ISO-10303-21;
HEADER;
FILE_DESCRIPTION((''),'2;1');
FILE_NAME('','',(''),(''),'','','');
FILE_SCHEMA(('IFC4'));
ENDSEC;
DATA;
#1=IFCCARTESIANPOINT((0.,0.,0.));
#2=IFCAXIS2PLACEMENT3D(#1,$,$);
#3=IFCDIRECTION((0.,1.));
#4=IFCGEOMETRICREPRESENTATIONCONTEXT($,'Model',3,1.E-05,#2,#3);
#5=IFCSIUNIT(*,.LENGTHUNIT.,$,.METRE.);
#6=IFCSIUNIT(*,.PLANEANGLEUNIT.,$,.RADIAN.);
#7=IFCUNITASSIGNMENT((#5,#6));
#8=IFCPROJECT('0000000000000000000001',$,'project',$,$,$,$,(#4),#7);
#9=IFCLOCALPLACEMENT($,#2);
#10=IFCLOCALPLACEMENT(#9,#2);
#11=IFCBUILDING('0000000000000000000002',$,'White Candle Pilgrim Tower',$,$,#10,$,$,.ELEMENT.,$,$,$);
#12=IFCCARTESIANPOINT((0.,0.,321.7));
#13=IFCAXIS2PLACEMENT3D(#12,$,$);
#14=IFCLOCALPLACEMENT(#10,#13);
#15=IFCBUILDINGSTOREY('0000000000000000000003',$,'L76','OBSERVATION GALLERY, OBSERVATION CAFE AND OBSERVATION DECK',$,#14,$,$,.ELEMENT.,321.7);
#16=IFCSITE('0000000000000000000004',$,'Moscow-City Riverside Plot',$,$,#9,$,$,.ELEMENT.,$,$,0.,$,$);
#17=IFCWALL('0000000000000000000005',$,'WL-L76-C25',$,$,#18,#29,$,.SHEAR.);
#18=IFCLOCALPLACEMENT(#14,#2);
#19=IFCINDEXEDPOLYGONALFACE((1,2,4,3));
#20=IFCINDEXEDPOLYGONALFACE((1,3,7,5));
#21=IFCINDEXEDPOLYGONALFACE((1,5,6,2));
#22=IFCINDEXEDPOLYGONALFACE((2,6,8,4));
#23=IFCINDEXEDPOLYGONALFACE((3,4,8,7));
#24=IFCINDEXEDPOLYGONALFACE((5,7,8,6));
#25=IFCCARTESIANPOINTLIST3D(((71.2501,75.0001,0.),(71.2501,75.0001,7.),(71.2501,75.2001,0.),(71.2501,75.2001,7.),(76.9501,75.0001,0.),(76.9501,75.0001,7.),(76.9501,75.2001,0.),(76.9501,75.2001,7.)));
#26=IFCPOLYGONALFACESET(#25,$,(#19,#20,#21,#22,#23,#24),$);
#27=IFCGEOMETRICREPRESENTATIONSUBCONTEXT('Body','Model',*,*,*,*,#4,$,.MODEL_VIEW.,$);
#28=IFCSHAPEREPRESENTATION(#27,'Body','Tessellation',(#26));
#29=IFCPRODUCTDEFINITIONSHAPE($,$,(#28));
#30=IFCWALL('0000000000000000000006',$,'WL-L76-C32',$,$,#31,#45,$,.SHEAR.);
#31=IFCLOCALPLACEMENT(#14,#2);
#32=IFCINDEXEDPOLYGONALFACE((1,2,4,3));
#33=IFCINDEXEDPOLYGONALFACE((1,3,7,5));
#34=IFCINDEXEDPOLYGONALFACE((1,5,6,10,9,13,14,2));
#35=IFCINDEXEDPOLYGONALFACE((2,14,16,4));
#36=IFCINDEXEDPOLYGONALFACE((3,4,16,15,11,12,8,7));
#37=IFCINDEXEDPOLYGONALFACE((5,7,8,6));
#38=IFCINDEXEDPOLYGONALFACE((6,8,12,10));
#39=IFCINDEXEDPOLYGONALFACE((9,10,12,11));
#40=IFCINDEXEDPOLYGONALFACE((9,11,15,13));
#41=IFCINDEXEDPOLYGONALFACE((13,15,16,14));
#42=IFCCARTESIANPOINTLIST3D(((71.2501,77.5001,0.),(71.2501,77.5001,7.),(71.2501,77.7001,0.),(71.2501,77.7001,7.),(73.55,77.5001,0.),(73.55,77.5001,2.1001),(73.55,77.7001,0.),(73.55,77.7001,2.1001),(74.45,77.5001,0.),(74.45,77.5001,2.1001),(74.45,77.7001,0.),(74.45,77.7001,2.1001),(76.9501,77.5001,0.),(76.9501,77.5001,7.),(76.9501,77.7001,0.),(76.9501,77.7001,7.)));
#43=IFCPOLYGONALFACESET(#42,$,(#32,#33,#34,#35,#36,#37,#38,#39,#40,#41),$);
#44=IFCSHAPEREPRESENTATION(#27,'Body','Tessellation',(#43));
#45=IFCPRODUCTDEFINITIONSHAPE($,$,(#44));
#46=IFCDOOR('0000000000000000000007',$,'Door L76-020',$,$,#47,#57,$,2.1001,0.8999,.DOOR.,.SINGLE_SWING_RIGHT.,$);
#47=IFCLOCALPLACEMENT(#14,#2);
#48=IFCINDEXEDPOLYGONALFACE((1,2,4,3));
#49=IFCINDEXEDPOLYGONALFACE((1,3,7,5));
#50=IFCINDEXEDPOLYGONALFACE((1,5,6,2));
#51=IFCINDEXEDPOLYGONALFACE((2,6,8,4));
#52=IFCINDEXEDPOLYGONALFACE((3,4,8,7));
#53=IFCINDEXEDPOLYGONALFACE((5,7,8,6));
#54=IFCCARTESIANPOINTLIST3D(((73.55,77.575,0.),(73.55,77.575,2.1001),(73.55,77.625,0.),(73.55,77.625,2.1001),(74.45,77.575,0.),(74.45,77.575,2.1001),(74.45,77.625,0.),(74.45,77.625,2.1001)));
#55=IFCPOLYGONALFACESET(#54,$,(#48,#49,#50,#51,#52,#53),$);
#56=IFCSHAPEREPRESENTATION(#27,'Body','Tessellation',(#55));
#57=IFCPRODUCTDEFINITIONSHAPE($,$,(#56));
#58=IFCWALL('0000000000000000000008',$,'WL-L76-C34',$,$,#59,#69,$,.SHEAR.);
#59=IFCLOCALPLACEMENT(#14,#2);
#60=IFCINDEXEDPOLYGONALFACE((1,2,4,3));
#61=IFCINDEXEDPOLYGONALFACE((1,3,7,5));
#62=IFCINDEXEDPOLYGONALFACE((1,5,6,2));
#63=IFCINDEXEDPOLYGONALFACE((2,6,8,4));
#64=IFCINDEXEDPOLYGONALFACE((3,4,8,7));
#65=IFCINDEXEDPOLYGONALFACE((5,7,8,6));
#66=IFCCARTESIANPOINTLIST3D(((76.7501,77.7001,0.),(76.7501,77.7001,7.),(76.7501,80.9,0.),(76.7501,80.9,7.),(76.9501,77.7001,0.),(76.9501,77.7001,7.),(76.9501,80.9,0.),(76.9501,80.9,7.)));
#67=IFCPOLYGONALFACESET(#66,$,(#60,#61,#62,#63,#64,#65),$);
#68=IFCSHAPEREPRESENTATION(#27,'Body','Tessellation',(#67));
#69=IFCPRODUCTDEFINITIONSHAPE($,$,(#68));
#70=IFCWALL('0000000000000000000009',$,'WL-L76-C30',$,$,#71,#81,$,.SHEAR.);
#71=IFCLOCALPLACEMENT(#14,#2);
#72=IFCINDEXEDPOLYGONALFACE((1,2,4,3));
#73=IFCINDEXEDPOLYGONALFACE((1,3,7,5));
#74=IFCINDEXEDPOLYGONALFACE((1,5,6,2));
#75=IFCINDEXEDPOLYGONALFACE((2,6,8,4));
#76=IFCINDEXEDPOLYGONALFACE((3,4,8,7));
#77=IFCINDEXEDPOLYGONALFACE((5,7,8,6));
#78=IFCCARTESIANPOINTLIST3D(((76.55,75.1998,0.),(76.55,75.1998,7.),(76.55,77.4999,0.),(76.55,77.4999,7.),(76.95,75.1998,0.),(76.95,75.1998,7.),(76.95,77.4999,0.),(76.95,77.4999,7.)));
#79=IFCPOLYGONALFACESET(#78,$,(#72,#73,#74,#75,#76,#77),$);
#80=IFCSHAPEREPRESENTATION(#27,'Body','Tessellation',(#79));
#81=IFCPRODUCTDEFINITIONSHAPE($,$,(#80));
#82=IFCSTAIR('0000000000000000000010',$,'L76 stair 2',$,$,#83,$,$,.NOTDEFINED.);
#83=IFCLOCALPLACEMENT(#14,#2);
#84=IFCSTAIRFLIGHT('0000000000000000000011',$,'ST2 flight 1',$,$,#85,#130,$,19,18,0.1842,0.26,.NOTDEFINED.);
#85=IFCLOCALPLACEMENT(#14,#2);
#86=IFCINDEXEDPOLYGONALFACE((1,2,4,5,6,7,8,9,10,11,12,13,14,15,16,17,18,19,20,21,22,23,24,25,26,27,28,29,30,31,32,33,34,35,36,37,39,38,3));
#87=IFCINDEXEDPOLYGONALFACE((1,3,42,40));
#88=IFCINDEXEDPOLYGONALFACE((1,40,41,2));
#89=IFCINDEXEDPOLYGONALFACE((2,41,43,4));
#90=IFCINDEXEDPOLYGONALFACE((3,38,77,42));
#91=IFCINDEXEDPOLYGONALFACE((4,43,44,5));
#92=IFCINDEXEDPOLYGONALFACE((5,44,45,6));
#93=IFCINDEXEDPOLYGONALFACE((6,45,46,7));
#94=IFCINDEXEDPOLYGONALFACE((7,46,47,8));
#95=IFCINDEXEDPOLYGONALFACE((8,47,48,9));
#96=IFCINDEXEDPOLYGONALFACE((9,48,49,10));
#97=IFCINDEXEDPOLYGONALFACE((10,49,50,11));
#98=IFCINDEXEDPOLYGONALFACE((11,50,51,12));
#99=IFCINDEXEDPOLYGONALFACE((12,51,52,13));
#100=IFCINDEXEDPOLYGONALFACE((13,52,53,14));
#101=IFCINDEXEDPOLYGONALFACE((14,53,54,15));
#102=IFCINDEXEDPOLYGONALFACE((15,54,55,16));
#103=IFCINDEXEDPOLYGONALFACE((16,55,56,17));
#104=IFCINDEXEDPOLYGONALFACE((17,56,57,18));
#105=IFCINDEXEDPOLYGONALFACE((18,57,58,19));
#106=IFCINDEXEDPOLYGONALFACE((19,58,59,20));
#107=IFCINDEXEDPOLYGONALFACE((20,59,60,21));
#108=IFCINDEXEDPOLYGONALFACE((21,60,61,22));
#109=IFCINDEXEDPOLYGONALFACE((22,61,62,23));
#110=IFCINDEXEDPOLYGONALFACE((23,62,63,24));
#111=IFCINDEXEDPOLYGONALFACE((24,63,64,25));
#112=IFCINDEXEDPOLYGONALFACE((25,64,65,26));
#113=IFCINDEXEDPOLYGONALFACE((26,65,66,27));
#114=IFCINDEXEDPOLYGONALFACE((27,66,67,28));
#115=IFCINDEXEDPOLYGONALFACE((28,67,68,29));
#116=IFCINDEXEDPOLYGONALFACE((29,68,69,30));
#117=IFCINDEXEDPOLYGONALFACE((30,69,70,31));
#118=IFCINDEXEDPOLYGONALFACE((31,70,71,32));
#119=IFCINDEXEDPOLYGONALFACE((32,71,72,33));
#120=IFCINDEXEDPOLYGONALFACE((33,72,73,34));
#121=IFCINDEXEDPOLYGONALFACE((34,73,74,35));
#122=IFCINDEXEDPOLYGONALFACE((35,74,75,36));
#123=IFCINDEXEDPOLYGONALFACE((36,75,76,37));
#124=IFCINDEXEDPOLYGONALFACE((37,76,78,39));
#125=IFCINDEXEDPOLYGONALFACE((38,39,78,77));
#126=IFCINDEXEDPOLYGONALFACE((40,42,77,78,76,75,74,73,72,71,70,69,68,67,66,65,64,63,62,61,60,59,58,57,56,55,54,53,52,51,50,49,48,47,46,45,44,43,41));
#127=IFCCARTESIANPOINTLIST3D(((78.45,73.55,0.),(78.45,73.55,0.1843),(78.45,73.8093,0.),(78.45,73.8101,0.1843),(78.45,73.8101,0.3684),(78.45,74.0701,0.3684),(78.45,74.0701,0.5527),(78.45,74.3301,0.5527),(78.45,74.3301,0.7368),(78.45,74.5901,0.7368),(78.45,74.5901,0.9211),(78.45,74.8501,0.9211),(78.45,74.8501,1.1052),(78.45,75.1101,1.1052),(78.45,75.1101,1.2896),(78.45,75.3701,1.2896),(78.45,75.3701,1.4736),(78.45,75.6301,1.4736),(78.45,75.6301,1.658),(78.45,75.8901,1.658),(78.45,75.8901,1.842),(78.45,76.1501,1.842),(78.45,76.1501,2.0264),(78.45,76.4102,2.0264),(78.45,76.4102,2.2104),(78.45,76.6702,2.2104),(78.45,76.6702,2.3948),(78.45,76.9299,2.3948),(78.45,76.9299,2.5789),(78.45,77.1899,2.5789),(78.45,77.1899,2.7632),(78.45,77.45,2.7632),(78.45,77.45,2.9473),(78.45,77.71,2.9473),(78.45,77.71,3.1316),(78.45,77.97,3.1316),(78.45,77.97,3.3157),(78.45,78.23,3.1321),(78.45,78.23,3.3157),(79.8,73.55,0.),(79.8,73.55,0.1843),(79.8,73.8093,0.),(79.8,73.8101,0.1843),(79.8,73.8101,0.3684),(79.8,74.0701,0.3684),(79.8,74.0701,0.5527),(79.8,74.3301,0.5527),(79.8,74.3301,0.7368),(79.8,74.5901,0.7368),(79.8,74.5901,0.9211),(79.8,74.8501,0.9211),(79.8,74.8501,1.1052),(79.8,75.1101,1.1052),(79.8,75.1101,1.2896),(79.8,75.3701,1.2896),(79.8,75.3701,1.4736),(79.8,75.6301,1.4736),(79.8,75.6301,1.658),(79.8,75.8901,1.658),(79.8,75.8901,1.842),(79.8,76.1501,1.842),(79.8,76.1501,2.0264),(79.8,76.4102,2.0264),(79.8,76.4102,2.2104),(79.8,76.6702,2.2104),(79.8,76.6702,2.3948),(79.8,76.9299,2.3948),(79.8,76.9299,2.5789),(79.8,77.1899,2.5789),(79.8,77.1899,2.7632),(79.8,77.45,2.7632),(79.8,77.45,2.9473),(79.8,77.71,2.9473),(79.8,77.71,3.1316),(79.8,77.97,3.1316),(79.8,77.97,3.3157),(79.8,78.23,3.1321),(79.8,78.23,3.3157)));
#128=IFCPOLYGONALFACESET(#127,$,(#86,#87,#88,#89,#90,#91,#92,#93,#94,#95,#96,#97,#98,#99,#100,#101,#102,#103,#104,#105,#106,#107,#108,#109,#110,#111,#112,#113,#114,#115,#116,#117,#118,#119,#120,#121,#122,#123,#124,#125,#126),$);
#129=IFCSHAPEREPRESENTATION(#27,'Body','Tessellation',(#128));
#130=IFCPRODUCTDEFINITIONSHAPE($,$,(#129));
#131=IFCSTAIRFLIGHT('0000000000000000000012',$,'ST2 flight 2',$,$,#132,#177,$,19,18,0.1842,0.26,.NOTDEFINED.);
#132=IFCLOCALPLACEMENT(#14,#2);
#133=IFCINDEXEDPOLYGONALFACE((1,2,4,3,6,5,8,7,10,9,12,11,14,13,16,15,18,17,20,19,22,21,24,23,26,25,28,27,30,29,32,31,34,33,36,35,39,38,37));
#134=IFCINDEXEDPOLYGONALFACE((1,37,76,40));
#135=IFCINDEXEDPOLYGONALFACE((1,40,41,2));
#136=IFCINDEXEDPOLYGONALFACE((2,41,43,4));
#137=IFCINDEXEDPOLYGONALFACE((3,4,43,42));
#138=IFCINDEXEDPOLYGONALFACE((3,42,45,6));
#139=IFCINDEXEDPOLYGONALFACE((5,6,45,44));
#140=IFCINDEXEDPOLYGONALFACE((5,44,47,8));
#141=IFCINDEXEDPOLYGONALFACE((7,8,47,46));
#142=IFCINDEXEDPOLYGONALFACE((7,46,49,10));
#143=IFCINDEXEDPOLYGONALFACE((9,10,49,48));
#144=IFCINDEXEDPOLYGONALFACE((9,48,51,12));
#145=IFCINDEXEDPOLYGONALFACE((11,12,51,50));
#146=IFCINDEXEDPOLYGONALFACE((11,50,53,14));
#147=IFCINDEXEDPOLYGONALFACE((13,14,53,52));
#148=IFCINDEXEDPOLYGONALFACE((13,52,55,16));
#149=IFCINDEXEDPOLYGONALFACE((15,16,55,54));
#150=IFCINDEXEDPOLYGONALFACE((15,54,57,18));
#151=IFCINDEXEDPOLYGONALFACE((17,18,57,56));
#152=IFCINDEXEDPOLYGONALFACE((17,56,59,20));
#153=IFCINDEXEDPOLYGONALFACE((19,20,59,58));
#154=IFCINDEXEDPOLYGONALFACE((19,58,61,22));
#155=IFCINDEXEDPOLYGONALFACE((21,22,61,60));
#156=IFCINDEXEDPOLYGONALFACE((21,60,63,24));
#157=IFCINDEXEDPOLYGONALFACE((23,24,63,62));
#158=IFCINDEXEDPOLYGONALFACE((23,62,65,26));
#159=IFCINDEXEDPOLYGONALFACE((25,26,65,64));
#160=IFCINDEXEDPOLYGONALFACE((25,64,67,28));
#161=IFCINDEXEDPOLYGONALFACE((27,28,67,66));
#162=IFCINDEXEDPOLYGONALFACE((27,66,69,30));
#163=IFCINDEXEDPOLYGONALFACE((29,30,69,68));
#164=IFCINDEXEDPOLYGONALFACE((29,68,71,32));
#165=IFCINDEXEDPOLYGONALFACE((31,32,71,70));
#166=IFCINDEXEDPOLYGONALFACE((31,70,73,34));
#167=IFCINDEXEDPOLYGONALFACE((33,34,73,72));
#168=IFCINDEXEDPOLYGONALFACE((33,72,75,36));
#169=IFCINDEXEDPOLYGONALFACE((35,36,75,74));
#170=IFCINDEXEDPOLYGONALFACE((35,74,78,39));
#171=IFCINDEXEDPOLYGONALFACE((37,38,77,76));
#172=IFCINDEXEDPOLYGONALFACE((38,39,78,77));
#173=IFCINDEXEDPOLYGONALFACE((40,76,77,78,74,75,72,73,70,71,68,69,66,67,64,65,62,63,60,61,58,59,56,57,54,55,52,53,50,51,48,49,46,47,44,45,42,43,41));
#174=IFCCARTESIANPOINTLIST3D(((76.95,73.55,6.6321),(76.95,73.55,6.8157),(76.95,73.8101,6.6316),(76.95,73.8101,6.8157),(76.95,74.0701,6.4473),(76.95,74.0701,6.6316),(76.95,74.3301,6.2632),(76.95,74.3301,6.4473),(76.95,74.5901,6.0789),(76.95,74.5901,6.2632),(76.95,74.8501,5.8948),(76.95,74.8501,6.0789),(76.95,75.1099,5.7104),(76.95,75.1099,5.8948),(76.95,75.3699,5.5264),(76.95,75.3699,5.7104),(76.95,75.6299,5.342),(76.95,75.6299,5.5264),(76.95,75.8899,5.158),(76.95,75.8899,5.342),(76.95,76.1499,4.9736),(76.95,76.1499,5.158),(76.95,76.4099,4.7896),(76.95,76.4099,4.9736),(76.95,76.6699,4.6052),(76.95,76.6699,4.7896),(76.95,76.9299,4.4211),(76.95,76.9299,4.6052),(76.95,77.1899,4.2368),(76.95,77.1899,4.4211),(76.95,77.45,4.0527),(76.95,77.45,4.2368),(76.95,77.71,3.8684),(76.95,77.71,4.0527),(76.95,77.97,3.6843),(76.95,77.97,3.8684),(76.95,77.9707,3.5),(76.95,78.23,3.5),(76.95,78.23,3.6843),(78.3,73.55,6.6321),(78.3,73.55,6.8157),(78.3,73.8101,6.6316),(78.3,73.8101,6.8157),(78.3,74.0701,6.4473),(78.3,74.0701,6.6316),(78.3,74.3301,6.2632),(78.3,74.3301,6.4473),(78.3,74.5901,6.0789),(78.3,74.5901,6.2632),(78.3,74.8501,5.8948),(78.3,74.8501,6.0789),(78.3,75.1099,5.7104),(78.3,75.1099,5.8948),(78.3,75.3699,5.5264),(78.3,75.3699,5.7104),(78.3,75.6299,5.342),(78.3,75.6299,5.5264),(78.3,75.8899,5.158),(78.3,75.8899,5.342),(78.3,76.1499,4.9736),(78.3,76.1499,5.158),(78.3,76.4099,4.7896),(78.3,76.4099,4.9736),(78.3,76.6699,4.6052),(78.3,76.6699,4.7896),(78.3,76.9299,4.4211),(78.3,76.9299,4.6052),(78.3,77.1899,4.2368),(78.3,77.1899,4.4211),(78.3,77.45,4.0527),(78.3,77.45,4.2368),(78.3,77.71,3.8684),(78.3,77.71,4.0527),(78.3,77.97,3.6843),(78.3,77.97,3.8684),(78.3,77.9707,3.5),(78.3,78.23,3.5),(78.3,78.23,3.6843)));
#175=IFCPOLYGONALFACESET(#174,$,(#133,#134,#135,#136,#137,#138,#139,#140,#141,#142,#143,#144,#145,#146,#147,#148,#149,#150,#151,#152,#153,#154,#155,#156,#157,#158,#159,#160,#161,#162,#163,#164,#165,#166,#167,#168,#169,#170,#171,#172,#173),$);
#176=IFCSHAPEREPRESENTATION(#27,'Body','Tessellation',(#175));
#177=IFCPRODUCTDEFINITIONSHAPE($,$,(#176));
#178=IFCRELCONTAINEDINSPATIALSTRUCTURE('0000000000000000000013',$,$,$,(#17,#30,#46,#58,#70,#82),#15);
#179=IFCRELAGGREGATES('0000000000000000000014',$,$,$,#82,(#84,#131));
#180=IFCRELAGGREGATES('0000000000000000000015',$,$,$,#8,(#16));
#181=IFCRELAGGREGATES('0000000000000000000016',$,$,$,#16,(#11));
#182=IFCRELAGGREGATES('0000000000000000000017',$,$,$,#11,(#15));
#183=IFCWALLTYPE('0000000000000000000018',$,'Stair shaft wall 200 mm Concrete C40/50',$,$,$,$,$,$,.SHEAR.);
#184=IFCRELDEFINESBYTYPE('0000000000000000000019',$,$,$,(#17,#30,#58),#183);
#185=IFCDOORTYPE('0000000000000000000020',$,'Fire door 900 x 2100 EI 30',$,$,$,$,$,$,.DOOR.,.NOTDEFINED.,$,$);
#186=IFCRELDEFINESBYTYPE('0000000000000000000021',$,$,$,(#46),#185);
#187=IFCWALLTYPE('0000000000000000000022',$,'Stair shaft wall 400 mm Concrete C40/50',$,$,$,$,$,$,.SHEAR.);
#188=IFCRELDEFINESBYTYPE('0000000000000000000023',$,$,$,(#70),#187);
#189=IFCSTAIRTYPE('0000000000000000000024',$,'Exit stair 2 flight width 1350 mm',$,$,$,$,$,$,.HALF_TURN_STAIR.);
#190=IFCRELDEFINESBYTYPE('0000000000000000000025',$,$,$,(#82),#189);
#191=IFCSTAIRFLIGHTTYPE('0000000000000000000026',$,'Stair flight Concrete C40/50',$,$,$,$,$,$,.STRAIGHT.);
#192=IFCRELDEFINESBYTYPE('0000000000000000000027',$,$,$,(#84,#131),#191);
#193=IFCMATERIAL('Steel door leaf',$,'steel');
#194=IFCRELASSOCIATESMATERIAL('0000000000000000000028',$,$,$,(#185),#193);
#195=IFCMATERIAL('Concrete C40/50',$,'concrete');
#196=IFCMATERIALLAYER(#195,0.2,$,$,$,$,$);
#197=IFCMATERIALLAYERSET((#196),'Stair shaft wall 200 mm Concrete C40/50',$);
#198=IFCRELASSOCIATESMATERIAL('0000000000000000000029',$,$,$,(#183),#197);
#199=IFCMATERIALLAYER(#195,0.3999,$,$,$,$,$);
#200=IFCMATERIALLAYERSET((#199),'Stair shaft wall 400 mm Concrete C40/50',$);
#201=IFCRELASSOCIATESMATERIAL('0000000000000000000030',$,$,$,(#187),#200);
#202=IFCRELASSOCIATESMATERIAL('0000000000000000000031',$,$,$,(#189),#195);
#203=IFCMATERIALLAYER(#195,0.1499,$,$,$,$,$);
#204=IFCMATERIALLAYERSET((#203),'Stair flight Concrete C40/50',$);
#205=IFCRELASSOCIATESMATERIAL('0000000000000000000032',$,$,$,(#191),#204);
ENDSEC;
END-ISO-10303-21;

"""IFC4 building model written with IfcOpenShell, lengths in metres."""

from ifc_helpers import new_model, si_unit, direction, frame, frame_2d, origin, place, context, subcontext, project, spatial, polyline, rectangle, outline, extrude, material, layer, layer_set, type_object, element, fill, aggregate, save


model = new_model("IFC4")

# Units and contexts
model_context = context("Model", 3, precision=1e-05, world=origin(), true_north=direction((0.0, 1.0)))
body_context = subcontext(model_context, "Body", "Model", "MODEL_VIEW")
ifc_project = project(units=[si_unit("LENGTHUNIT", "METRE"), si_unit("PLANEANGLEUNIT", "RADIAN")], contexts=[model_context])

# Site, building, storey
site_placement = place(None, origin())
site = spatial("IfcSite", under=ifc_project, at=site_placement, Name="Moscow-City Riverside Plot", CompositionType="ELEMENT", RefElevation=0.0)
building_placement = place(site_placement, origin())
building = spatial("IfcBuilding", under=site, at=building_placement, Name="White Candle Pilgrim Tower", CompositionType="ELEMENT")
storey_placement = place(building_placement, frame((0.0, 0.0, 321.7)))
storey = spatial("IfcBuildingStorey", under=building, at=storey_placement, Name="L76", Description="OBSERVATION GALLERY, OBSERVATION CAFE AND OBSERVATION DECK", CompositionType="ELEMENT", Elevation=321.7)

# Shared definitions
ifc_material_1 = material(Name="Steel door leaf", Category="steel")
door_type = type_object("IfcDoorType", Name="Fire door 900 x 2100 EI 30", OperationType="NOTDEFINED", PredefinedType="DOOR", material=ifc_material_1)

# Wall
ifc_material_2 = material(Name="Concrete C40/50", Category="concrete")
ifc_layer_1 = layer(ifc_material_2, 0.2)
ifc_layer_set_1 = layer_set([ifc_layer_1], Name="Stair shaft wall 200 mm Concrete C40/50")
wall_type_1 = type_object("IfcWallType", Name="Stair shaft wall 200 mm Concrete C40/50", PredefinedType="SHEAR", material=ifc_layer_set_1)
wall_1_placement = place(storey_placement, frame((71.25, 75.1001, 0.0), z_axis=(0.0, 0.0, 1.0), x_axis=(1.0, 0.0, 0.0)))
element("IfcWall", 1, at=wall_1_placement, inside=storey, type_object=wall_type_1, Name="WL-L76-C25", PredefinedType="SHEAR", context=body_context, shape_type="SweptSolid", body=[
    extrude(rectangle(XDim=5.7, YDim=0.2, at=frame_2d((2.8501, 0.0))), origin(), (0.0, 0.0, 1.0), 7.0),
])

# Wall, opening, door
wall_2_placement = place(storey_placement, frame((71.25, 77.6001, 0.0), z_axis=(0.0, 0.0, 1.0), x_axis=(1.0, 0.0, 0.0)))
wall_2 = element("IfcWall", 2, at=wall_2_placement, inside=storey, type_object=wall_type_1, Name="WL-L76-C32", PredefinedType="SHEAR", context=body_context, shape_type="SweptSolid", body=[
    extrude(rectangle(XDim=5.7, YDim=0.2, at=frame_2d((2.8501, 0.0))), origin(), (0.0, 0.0, 1.0), 7.0),
])
opening_1_placement = place(wall_2_placement, frame((2.3, 0.0, 0.0)))
opening_1 = element("IfcOpeningElement", 3, at=opening_1_placement, cuts=wall_2, PredefinedType="OPENING", context=body_context, shape_type="SweptSolid", body=[
    extrude(rectangle(XDim=0.8999, YDim=2.1001, at=frame_2d((0.45, 1.05))), frame((0.0, 0.1099, 0.0), z_axis=(0.0, -1.0, 0.0), x_axis=(1.0, 0.0, 0.0)), (0.0, 0.0, 1.0), 0.22),
])
door_1_placement = place(opening_1_placement, origin())
door_1 = element("IfcDoor", 4, at=door_1_placement, inside=storey, type_object=door_type, Name="Door L76-020", OperationType="SINGLE_SWING_RIGHT", OverallHeight=2.1001, OverallWidth=0.8999, PredefinedType="DOOR", context=body_context, shape_type="SweptSolid", body=[
    extrude(rectangle(XDim=0.8999, YDim=2.1001, at=frame_2d((0.45, 1.05))), frame((0.0, 0.0249, 0.0), z_axis=(0.0, -1.0, 0.0), x_axis=(1.0, 0.0, 0.0)), (0.0, 0.0, 1.0), 0.05),
])
fill(opening_1, door_1)

# Walls
wall_3_placement = place(storey_placement, frame((76.8501, 77.7, 0.0), z_axis=(0.0, 0.0, 1.0), x_axis=(0.0, 1.0, 0.0)))
element("IfcWall", 5, at=wall_3_placement, inside=storey, type_object=wall_type_1, Name="WL-L76-C34", PredefinedType="SHEAR", context=body_context, shape_type="SweptSolid", body=[
    extrude(rectangle(XDim=3.2, YDim=0.2, at=frame_2d((1.6001, 0.0))), origin(), (0.0, 0.0, 1.0), 7.0),
])
ifc_layer_2 = layer(ifc_material_2, 0.3999)
ifc_layer_set_2 = layer_set([ifc_layer_2], Name="Stair shaft wall 400 mm Concrete C40/50")
wall_type_2 = type_object("IfcWallType", Name="Stair shaft wall 400 mm Concrete C40/50", PredefinedType="SHEAR", material=ifc_layer_set_2)
wall_4_placement = place(storey_placement, frame((76.75, 75.2, 0.0), z_axis=(0.0, 0.0, 1.0), x_axis=(0.0, 1.0, 0.0)))
element("IfcWall", 6, at=wall_4_placement, inside=storey, type_object=wall_type_2, Name="WL-L76-C30", PredefinedType="SHEAR", context=body_context, shape_type="SweptSolid", body=[
    extrude(rectangle(XDim=2.3, YDim=0.3999, at=frame_2d((1.1499, 0.0))), origin(), (0.0, 0.0, 1.0), 7.0),
])

# Stair, stair flights
stair_type = type_object("IfcStairType", Name="Exit stair 2 flight width 1350 mm", PredefinedType="HALF_TURN_STAIR", material=ifc_material_2)
stair_placement = place(storey_placement, origin())
stair = element("IfcStair", 7, at=stair_placement, inside=storey, type_object=stair_type, Name="L76 stair 2", PredefinedType="NOTDEFINED")
ifc_layer_3 = layer(ifc_material_2, 0.1499)
ifc_layer_set_3 = layer_set([ifc_layer_3], Name="Stair flight Concrete C40/50")
stair_flight_type = type_object("IfcStairFlightType", Name="Stair flight Concrete C40/50", PredefinedType="STRAIGHT", material=ifc_layer_set_3)
stair_flight_1_placement = place(storey_placement, frame((79.125, 73.55, 0.0), z_axis=(0.0, 0.0, 1.0), x_axis=(0.0, 1.0, 0.0)))
stair_flight_1 = element("IfcStairFlight", 8, at=stair_flight_1_placement, type_object=stair_flight_type, Name="ST2 flight 1", NumberOfRisers=19, NumberOfTreads=18, PredefinedType="NOTDEFINED", RiserHeight=0.1842, TreadLength=0.26, context=body_context, shape_type="SweptSolid", body=[
    extrude(outline(polyline([(0.0, 0.0), (0.0, 0.1843), (0.26, 0.1843), (0.26, 0.3684), (0.52, 0.3684), (0.52, 0.5527), (0.78, 0.5527), (0.78, 0.7368), (1.04, 0.7368), (1.04, 0.9211), (1.3, 0.9211), (1.3, 1.1052), (1.5601, 1.1052), (1.5601, 1.2896), (1.8201, 1.2896), (1.8201, 1.4736), (2.0801, 1.4736), (2.0801, 1.658), (2.3401, 1.658), (2.3401, 1.842), (2.6001, 1.842), (2.6001, 2.0264), (2.8601, 2.0264), (2.8601, 2.2104), (3.1201, 2.2104), (3.1201, 2.3948), (3.3799, 2.3948), (3.3799, 2.5789), (3.6399, 2.5789), (3.6399, 2.7632), (3.8999, 2.7632), (3.8999, 2.9473), (4.1599, 2.9473), (4.1599, 3.1316), (4.4199, 3.1316), (4.4199, 3.3157), (4.6799, 3.3157), (4.6799, 3.5), (4.6799, 3.1321), (0.2593, 0.0), (0.0, 0.0)])), frame((0.0, 0.675, 0.0), z_axis=(0.0, -1.0, 0.0), x_axis=(1.0, 0.0, 0.0)), (0.0, 0.0, 1.0), 1.3501),
])
stair_flight_2_placement = place(storey_placement, frame((77.625, 78.23, 3.5), z_axis=(0.0, 0.0, 1.0), x_axis=(0.0, -1.0, 0.0)))
stair_flight_2 = element("IfcStairFlight", 9, at=stair_flight_2_placement, type_object=stair_flight_type, Name="ST2 flight 2", NumberOfRisers=19, NumberOfTreads=18, PredefinedType="NOTDEFINED", RiserHeight=0.1842, TreadLength=0.26, context=body_context, shape_type="SweptSolid", body=[
    extrude(outline(polyline([(0.0, 0.0), (0.0, 0.1843), (0.26, 0.1843), (0.26, 0.3684), (0.52, 0.3684), (0.52, 0.5527), (0.78, 0.5527), (0.78, 0.7368), (1.04, 0.7368), (1.04, 0.9211), (1.3, 0.9211), (1.3, 1.1052), (1.5601, 1.1052), (1.5601, 1.2896), (1.8201, 1.2896), (1.8201, 1.4736), (2.0801, 1.4736), (2.0801, 1.658), (2.3401, 1.658), (2.3401, 1.842), (2.6001, 1.842), (2.6001, 2.0264), (2.8601, 2.0264), (2.8601, 2.2104), (3.1201, 2.2104), (3.1201, 2.3948), (3.3799, 2.3948), (3.3799, 2.5789), (3.6399, 2.5789), (3.6399, 2.7632), (3.8999, 2.7632), (3.8999, 2.9473), (4.1599, 2.9473), (4.1599, 3.1316), (4.4199, 3.1316), (4.4199, 3.3157), (4.6799, 3.3157), (4.6799, 3.5), (4.6799, 3.1321), (0.2593, 0.0), (0.0, 0.0)])), frame((0.0, 0.675, 0.0), z_axis=(0.0, -1.0, 0.0), x_axis=(1.0, 0.0, 0.0)), (0.0, 0.0, 1.0), 1.3501),
])
aggregate(stair, [stair_flight_1, stair_flight_2])

save(model, "model.ifc")
